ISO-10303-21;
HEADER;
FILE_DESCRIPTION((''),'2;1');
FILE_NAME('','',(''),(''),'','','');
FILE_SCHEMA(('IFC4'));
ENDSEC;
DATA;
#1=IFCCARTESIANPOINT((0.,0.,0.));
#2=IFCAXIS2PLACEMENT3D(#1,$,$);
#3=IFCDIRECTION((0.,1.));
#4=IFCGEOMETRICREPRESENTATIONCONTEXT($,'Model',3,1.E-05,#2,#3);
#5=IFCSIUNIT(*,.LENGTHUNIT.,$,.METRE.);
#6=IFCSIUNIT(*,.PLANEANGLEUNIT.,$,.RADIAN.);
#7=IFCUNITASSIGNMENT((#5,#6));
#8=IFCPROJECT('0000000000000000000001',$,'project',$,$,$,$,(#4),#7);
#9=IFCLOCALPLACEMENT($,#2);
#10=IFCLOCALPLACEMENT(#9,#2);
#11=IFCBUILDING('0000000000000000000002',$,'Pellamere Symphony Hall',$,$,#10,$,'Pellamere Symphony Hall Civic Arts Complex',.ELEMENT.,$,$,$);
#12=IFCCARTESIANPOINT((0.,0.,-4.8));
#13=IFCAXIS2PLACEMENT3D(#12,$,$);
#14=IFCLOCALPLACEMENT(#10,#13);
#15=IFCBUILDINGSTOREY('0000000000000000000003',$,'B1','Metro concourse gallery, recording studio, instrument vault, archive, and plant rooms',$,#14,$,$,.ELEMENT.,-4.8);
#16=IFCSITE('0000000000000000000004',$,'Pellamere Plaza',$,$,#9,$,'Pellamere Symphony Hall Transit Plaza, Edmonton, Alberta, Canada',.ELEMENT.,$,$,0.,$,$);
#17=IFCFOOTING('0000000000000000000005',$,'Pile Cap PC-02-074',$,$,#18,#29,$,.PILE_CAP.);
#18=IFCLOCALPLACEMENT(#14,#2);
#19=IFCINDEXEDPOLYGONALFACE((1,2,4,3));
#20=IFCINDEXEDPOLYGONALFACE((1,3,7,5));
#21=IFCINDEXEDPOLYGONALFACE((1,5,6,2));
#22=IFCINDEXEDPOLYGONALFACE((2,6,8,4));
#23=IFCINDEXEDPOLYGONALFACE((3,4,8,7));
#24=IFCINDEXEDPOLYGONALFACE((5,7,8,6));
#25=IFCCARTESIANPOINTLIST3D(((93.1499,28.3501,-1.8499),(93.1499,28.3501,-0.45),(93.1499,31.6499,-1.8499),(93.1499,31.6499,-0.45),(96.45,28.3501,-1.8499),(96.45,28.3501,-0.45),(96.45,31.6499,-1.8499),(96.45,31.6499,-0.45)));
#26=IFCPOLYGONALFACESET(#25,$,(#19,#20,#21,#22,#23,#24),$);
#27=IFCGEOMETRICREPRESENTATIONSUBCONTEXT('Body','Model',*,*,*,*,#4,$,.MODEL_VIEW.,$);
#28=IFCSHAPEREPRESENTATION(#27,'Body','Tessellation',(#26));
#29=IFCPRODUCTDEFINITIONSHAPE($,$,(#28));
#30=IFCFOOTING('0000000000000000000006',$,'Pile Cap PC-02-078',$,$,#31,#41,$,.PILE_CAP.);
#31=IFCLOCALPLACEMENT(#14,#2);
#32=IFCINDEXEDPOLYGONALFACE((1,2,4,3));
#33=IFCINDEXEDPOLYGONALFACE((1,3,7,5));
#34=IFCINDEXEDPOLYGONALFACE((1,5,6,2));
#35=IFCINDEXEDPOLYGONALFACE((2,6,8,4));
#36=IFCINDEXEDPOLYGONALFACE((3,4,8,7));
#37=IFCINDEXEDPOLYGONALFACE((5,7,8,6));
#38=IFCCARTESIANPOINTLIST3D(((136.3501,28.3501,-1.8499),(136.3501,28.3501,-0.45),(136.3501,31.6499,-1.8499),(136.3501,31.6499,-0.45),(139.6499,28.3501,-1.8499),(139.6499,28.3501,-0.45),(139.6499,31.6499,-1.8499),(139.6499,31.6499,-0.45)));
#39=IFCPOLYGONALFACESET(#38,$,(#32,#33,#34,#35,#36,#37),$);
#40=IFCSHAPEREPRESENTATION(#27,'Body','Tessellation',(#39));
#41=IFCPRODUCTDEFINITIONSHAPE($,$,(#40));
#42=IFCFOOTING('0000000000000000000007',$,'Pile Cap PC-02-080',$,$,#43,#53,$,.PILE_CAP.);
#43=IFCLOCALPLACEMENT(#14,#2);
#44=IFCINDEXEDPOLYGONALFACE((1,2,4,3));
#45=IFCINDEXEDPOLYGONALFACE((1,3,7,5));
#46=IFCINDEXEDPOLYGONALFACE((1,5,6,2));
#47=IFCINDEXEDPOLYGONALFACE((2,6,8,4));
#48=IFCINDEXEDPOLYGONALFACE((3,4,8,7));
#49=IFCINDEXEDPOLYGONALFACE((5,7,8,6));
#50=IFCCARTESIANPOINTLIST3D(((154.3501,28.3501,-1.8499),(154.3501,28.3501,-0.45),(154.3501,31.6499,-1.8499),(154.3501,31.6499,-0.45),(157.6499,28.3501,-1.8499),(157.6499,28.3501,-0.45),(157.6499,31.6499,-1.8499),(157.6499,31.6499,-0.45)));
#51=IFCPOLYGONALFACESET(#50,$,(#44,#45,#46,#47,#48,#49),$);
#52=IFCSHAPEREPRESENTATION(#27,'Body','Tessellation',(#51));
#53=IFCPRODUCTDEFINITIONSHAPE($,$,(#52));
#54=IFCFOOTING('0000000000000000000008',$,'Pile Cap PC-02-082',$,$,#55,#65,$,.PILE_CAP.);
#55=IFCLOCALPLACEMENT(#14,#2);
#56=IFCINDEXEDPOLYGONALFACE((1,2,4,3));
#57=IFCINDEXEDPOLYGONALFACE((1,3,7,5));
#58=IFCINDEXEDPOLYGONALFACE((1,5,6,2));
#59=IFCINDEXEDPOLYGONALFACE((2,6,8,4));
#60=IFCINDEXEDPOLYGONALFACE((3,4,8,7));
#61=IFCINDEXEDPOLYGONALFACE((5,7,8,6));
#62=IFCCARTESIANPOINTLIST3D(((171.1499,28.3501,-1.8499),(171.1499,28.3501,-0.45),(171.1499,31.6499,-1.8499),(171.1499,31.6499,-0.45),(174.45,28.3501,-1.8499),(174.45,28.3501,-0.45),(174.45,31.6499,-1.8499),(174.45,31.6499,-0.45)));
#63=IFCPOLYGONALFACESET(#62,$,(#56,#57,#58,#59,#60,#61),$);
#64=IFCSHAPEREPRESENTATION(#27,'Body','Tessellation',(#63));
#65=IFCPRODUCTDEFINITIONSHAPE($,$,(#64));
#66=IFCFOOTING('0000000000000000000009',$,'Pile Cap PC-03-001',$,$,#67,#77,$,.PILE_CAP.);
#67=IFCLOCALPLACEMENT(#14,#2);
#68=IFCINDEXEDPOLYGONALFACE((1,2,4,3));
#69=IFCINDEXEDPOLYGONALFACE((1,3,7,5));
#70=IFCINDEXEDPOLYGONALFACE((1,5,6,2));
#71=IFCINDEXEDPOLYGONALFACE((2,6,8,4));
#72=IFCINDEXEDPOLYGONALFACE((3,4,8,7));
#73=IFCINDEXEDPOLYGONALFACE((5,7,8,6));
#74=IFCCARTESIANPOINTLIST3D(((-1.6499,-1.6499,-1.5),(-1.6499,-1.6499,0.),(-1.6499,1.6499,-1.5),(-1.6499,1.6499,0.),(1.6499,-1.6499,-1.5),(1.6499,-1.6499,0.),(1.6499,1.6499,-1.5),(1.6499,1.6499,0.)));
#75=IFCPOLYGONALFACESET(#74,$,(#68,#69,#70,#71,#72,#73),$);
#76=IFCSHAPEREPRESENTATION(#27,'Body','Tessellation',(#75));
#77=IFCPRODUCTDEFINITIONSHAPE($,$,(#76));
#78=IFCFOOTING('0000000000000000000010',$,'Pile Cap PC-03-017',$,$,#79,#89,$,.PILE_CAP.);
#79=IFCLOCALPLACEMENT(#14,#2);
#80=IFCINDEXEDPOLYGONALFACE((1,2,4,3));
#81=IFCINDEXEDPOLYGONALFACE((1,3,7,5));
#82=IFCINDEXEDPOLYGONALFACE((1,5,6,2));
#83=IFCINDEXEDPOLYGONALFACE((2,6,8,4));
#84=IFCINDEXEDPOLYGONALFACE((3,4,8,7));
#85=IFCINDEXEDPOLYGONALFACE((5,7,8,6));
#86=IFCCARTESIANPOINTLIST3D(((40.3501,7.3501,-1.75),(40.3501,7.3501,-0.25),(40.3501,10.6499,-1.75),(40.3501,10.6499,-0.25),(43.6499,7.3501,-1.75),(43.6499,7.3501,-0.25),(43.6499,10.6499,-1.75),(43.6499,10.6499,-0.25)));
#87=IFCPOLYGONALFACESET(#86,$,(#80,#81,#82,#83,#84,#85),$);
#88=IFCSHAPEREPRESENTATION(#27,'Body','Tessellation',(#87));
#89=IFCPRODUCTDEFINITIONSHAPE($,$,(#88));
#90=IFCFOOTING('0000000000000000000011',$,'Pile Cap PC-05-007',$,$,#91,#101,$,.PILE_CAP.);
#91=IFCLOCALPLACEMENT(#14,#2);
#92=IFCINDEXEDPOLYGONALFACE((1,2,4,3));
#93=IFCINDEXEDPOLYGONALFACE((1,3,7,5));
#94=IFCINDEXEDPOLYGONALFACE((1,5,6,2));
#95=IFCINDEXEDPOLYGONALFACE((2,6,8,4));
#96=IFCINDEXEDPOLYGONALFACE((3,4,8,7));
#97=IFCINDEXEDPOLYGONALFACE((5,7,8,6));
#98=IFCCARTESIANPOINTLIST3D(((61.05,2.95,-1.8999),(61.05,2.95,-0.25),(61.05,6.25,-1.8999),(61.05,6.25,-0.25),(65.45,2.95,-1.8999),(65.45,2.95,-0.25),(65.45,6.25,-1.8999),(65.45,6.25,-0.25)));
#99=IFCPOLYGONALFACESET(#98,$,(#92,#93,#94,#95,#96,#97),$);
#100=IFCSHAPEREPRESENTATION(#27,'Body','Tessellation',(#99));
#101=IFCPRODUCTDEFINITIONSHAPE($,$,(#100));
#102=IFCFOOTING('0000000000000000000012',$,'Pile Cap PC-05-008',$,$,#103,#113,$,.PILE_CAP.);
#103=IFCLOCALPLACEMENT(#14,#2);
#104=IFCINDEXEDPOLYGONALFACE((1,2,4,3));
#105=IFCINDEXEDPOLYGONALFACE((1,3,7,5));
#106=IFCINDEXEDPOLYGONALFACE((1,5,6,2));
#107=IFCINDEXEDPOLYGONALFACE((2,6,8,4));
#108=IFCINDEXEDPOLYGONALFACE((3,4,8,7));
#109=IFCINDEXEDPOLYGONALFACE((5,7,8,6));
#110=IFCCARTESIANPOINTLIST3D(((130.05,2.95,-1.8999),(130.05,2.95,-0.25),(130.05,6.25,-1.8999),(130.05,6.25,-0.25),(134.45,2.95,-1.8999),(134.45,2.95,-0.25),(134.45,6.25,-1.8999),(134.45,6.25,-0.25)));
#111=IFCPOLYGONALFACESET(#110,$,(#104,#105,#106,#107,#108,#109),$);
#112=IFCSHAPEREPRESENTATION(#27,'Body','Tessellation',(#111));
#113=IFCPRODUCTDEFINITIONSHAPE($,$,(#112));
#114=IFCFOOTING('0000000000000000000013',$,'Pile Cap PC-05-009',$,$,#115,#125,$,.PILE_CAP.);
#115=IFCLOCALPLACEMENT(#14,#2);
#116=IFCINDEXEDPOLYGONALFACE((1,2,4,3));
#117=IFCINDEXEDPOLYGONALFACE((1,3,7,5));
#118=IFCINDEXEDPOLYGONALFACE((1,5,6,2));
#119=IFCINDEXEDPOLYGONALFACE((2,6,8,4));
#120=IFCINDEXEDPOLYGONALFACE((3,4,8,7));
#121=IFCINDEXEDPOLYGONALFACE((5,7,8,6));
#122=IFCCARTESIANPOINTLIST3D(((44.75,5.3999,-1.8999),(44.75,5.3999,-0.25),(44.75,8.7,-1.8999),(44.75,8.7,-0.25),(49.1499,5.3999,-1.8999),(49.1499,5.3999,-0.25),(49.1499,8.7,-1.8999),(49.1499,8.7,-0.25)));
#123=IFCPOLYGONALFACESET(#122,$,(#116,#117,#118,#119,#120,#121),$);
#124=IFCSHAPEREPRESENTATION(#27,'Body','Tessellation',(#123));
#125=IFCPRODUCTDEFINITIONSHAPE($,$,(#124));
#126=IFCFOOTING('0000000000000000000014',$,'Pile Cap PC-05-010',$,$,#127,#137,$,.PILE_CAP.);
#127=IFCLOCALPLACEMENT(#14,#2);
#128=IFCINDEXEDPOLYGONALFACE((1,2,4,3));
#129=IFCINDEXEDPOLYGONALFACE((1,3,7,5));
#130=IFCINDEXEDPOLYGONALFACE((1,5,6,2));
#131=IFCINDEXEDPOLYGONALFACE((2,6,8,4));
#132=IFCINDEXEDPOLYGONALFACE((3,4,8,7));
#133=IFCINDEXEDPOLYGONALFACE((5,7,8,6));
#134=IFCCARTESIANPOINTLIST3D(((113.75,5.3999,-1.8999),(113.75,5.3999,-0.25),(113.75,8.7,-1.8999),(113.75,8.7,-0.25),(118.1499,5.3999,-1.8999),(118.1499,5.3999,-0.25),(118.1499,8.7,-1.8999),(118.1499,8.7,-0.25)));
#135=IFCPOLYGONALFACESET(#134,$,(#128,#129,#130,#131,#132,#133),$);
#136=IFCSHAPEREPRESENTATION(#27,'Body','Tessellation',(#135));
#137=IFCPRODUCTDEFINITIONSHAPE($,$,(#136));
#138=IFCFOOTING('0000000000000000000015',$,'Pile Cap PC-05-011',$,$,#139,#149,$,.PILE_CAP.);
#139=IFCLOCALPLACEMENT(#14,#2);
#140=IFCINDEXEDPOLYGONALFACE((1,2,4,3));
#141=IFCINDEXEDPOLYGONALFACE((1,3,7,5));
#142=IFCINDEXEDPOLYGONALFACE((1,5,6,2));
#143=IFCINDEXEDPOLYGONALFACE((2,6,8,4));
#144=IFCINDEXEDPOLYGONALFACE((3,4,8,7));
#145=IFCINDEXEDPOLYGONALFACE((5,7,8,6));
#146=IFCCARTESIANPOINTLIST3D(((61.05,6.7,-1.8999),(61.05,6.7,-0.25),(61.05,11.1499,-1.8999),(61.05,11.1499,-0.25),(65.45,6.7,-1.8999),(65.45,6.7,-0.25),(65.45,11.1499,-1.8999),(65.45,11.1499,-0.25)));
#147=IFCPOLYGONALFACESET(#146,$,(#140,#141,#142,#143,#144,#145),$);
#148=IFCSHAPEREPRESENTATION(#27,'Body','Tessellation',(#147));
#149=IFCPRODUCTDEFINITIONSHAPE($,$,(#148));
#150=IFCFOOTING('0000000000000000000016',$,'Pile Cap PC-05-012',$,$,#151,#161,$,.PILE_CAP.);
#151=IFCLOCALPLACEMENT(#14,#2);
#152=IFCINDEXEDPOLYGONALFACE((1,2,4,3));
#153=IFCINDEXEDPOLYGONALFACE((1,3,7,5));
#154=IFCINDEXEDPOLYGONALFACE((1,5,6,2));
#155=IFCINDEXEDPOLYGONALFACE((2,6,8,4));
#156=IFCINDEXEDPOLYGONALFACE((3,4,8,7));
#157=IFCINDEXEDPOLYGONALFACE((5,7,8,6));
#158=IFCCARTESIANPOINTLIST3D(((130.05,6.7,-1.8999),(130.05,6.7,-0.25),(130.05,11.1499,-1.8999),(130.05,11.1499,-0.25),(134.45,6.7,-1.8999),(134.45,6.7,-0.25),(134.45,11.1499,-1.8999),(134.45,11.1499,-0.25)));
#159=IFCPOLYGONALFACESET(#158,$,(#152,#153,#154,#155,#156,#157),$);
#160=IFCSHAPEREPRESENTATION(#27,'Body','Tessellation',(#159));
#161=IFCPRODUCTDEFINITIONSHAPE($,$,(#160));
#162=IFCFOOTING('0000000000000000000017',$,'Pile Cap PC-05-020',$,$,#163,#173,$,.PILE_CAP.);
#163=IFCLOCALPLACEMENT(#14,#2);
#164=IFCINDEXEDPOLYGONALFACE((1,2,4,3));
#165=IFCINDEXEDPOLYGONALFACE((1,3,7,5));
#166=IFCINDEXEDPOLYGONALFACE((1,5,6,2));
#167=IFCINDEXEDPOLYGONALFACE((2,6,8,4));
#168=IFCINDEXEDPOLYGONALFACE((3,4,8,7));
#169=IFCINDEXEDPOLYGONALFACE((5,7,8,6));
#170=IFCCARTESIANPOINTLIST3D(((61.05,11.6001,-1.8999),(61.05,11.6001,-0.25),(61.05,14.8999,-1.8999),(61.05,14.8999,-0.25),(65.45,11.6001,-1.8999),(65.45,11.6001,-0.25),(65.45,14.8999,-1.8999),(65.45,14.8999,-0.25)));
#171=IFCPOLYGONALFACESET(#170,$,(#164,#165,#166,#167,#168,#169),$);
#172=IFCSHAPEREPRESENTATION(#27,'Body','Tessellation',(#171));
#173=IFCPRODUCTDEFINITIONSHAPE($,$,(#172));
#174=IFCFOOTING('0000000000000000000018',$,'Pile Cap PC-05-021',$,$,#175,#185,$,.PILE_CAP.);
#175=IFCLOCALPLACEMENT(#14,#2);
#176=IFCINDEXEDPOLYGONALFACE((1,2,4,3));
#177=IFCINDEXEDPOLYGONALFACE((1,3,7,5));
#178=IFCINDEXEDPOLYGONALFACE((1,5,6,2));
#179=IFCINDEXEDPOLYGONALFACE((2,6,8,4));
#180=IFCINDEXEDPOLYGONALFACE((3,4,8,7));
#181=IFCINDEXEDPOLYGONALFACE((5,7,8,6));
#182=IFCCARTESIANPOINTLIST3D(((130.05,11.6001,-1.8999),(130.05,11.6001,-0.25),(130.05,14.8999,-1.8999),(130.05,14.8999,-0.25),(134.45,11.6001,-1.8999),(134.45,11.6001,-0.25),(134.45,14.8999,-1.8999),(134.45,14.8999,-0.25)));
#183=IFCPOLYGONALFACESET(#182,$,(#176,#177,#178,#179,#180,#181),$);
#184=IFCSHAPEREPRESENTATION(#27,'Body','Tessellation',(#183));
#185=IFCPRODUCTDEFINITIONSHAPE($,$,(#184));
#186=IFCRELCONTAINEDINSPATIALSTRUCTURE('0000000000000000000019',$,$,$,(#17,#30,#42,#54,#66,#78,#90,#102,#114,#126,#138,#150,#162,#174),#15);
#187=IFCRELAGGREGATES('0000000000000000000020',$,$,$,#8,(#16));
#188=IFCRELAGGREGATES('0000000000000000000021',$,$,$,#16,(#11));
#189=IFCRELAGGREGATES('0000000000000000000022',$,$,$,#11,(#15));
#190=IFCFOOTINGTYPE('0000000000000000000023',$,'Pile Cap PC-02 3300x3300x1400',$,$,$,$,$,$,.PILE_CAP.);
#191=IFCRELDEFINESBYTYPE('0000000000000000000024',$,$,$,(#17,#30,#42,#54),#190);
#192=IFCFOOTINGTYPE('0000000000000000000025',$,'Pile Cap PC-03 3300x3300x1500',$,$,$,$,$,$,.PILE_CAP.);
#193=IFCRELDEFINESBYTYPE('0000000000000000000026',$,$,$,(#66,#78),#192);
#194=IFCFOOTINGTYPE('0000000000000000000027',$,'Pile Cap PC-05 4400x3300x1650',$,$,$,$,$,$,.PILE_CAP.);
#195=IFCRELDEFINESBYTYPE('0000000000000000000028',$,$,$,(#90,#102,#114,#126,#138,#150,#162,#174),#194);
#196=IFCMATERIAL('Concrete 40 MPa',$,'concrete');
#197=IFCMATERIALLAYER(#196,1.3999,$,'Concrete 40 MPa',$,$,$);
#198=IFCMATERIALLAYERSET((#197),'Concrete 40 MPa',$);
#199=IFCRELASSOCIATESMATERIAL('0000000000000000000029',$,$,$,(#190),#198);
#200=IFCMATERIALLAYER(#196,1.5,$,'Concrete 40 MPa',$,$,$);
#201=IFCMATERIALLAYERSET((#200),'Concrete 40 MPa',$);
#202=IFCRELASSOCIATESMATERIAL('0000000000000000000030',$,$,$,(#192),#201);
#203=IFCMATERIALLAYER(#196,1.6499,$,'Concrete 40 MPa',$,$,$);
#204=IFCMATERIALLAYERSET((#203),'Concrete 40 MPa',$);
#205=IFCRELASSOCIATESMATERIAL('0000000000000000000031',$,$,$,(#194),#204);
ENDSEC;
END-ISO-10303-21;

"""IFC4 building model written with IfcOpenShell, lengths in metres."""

from ifc_helpers import new_model, si_unit, direction, frame, origin, place, context, subcontext, project, spatial, polyline, outline, extrude, material, layer, layer_set, type_object, element, save


model = new_model("IFC4")

# Units and contexts
model_context = context("Model", 3, precision=1e-05, world=origin(), true_north=direction((0.0, 1.0)))
body_context = subcontext(model_context, "Body", "Model", "MODEL_VIEW")
ifc_project = project(units=[si_unit("LENGTHUNIT", "METRE"), si_unit("PLANEANGLEUNIT", "RADIAN")], contexts=[model_context])

# Site, building, storey
site_placement = place(None, origin())
site = spatial("IfcSite", under=ifc_project, at=site_placement, Name="Pellamere Plaza", LongName="Pellamere Symphony Hall Transit Plaza, Edmonton, Alberta, Canada", CompositionType="ELEMENT", RefElevation=0.0)
building_placement = place(site_placement, origin())
building = spatial("IfcBuilding", under=site, at=building_placement, Name="Pellamere Symphony Hall", LongName="Pellamere Symphony Hall Civic Arts Complex", CompositionType="ELEMENT")
storey_placement = place(building_placement, frame((0.0, 0.0, -4.8)))
storey = spatial("IfcBuildingStorey", under=building, at=storey_placement, Name="B1", Description="Metro concourse gallery, recording studio, instrument vault, archive, and plant rooms", CompositionType="ELEMENT", Elevation=-4.8)

# Footings
ifc_material = material(Name="Concrete 40 MPa", Category="concrete")
ifc_layer_1 = layer(ifc_material, 1.3999, Name="Concrete 40 MPa")
ifc_layer_set_1 = layer_set([ifc_layer_1], Name="Concrete 40 MPa")
footing_type_1 = type_object("IfcFootingType", Name="Pile Cap PC-02 3300x3300x1400", PredefinedType="PILE_CAP", material=ifc_layer_set_1)
footing_1_placement = place(storey_placement, frame((0.0, 0.0, -1.8499)))
element("IfcFooting", 1, at=footing_1_placement, inside=storey, type_object=footing_type_1, Name="Pile Cap PC-02-074", PredefinedType="PILE_CAP", context=body_context, shape_type="SweptSolid", body=[
    extrude(outline(polyline([(96.45, 28.3501), (93.1499, 28.3501), (93.1499, 31.6499), (96.45, 31.6499), (96.45, 28.3501)])), origin(), (0.0, 0.0, 1.0), 1.3999),
])
footing_2_placement = place(storey_placement, frame((0.0, 0.0, -1.8499)))
element("IfcFooting", 2, at=footing_2_placement, inside=storey, type_object=footing_type_1, Name="Pile Cap PC-02-078", PredefinedType="PILE_CAP", context=body_context, shape_type="SweptSolid", body=[
    extrude(outline(polyline([(136.3501, 28.3501), (136.3501, 31.6499), (139.6499, 31.6499), (139.6499, 28.3501), (136.3501, 28.3501)])), origin(), (0.0, 0.0, 1.0), 1.3999),
])
footing_3_placement = place(storey_placement, frame((0.0, 0.0, -1.8499)))
element("IfcFooting", 3, at=footing_3_placement, inside=storey, type_object=footing_type_1, Name="Pile Cap PC-02-080", PredefinedType="PILE_CAP", context=body_context, shape_type="SweptSolid", body=[
    extrude(outline(polyline([(157.6499, 28.3501), (154.3501, 28.3501), (154.3501, 31.6499), (157.6499, 31.6499), (157.6499, 28.3501)])), origin(), (0.0, 0.0, 1.0), 1.3999),
])
footing_4_placement = place(storey_placement, frame((0.0, 0.0, -1.8499)))
element("IfcFooting", 4, at=footing_4_placement, inside=storey, type_object=footing_type_1, Name="Pile Cap PC-02-082", PredefinedType="PILE_CAP", context=body_context, shape_type="SweptSolid", body=[
    extrude(outline(polyline([(171.1499, 28.3501), (171.1499, 31.6499), (174.45, 31.6499), (174.45, 28.3501), (171.1499, 28.3501)])), origin(), (0.0, 0.0, 1.0), 1.3999),
])
ifc_layer_2 = layer(ifc_material, 1.5, Name="Concrete 40 MPa")
ifc_layer_set_2 = layer_set([ifc_layer_2], Name="Concrete 40 MPa")
footing_type_2 = type_object("IfcFootingType", Name="Pile Cap PC-03 3300x3300x1500", PredefinedType="PILE_CAP", material=ifc_layer_set_2)
footing_5_placement = place(storey_placement, frame((0.0, 0.0, -1.5)))
element("IfcFooting", 5, at=footing_5_placement, inside=storey, type_object=footing_type_2, Name="Pile Cap PC-03-001", PredefinedType="PILE_CAP", context=body_context, shape_type="SweptSolid", body=[
    extrude(outline(polyline([(-1.6499, -1.6499), (-1.6499, 1.6499), (1.6499, 1.6499), (1.6499, -1.6499), (-1.6499, -1.6499)])), origin(), (0.0, 0.0, 1.0), 1.5),
])
footing_6_placement = place(storey_placement, frame((0.0, 0.0, -1.75)))
element("IfcFooting", 6, at=footing_6_placement, inside=storey, type_object=footing_type_2, Name="Pile Cap PC-03-017", PredefinedType="PILE_CAP", context=body_context, shape_type="SweptSolid", body=[
    extrude(outline(polyline([(40.3501, 7.3501), (40.3501, 10.6499), (43.6499, 10.6499), (43.6499, 7.3501), (40.3501, 7.3501)])), origin(), (0.0, 0.0, 1.0), 1.5),
])
ifc_layer_3 = layer(ifc_material, 1.6499, Name="Concrete 40 MPa")
ifc_layer_set_3 = layer_set([ifc_layer_3], Name="Concrete 40 MPa")
footing_type_3 = type_object("IfcFootingType", Name="Pile Cap PC-05 4400x3300x1650", PredefinedType="PILE_CAP", material=ifc_layer_set_3)
footing_7_placement = place(storey_placement, frame((0.0, 0.0, -1.8999)))
element("IfcFooting", 7, at=footing_7_placement, inside=storey, type_object=footing_type_3, Name="Pile Cap PC-05-007", PredefinedType="PILE_CAP", context=body_context, shape_type="SweptSolid", body=[
    extrude(outline(polyline([(61.05, 2.95), (61.05, 6.25), (65.45, 6.25), (65.45, 2.95), (61.05, 2.95)])), origin(), (0.0, 0.0, 1.0), 1.6499),
])
footing_8_placement = place(storey_placement, frame((0.0, 0.0, -1.8999)))
element("IfcFooting", 8, at=footing_8_placement, inside=storey, type_object=footing_type_3, Name="Pile Cap PC-05-008", PredefinedType="PILE_CAP", context=body_context, shape_type="SweptSolid", body=[
    extrude(outline(polyline([(130.05, 2.95), (130.05, 6.25), (134.45, 6.25), (134.45, 2.95), (130.05, 2.95)])), origin(), (0.0, 0.0, 1.0), 1.6499),
])
footing_9_placement = place(storey_placement, frame((0.0, 0.0, -1.8999)))
element("IfcFooting", 9, at=footing_9_placement, inside=storey, type_object=footing_type_3, Name="Pile Cap PC-05-009", PredefinedType="PILE_CAP", context=body_context, shape_type="SweptSolid", body=[
    extrude(outline(polyline([(49.1499, 8.7), (49.1499, 5.3999), (44.75, 5.3999), (44.75, 8.7), (49.1499, 8.7)])), origin(), (0.0, 0.0, 1.0), 1.6499),
])
footing_10_placement = place(storey_placement, frame((0.0, 0.0, -1.8999)))
element("IfcFooting", 10, at=footing_10_placement, inside=storey, type_object=footing_type_3, Name="Pile Cap PC-05-010", PredefinedType="PILE_CAP", context=body_context, shape_type="SweptSolid", body=[
    extrude(outline(polyline([(118.1499, 5.3999), (113.75, 5.3999), (113.75, 8.7), (118.1499, 8.7), (118.1499, 5.3999)])), origin(), (0.0, 0.0, 1.0), 1.6499),
])
footing_11_placement = place(storey_placement, frame((0.0, 0.0, -1.8999)))
element("IfcFooting", 11, at=footing_11_placement, inside=storey, type_object=footing_type_3, Name="Pile Cap PC-05-011", PredefinedType="PILE_CAP", context=body_context, shape_type="SweptSolid", body=[
    extrude(outline(polyline([(65.45, 11.1499), (65.45, 6.7), (61.05, 6.7), (61.05, 11.1499), (65.45, 11.1499)])), origin(), (0.0, 0.0, 1.0), 1.6499),
])
footing_12_placement = place(storey_placement, frame((0.0, 0.0, -1.8999)))
element("IfcFooting", 12, at=footing_12_placement, inside=storey, type_object=footing_type_3, Name="Pile Cap PC-05-012", PredefinedType="PILE_CAP", context=body_context, shape_type="SweptSolid", body=[
    extrude(outline(polyline([(134.45, 11.1499), (134.45, 6.7), (130.05, 6.7), (130.05, 11.1499), (134.45, 11.1499)])), origin(), (0.0, 0.0, 1.0), 1.6499),
])
footing_13_placement = place(storey_placement, frame((0.0, 0.0, -1.8999)))
element("IfcFooting", 13, at=footing_13_placement, inside=storey, type_object=footing_type_3, Name="Pile Cap PC-05-020", PredefinedType="PILE_CAP", context=body_context, shape_type="SweptSolid", body=[
    extrude(outline(polyline([(61.05, 11.6001), (61.05, 14.8999), (65.45, 14.8999), (65.45, 11.6001), (61.05, 11.6001)])), origin(), (0.0, 0.0, 1.0), 1.6499),
])
footing_14_placement = place(storey_placement, frame((0.0, 0.0, -1.8999)))
element("IfcFooting", 14, at=footing_14_placement, inside=storey, type_object=footing_type_3, Name="Pile Cap PC-05-021", PredefinedType="PILE_CAP", context=body_context, shape_type="SweptSolid", body=[
    extrude(outline(polyline([(130.05, 11.6001), (130.05, 14.8999), (134.45, 14.8999), (134.45, 11.6001), (130.05, 11.6001)])), origin(), (0.0, 0.0, 1.0), 1.6499),
])

save(model, "model.ifc")
